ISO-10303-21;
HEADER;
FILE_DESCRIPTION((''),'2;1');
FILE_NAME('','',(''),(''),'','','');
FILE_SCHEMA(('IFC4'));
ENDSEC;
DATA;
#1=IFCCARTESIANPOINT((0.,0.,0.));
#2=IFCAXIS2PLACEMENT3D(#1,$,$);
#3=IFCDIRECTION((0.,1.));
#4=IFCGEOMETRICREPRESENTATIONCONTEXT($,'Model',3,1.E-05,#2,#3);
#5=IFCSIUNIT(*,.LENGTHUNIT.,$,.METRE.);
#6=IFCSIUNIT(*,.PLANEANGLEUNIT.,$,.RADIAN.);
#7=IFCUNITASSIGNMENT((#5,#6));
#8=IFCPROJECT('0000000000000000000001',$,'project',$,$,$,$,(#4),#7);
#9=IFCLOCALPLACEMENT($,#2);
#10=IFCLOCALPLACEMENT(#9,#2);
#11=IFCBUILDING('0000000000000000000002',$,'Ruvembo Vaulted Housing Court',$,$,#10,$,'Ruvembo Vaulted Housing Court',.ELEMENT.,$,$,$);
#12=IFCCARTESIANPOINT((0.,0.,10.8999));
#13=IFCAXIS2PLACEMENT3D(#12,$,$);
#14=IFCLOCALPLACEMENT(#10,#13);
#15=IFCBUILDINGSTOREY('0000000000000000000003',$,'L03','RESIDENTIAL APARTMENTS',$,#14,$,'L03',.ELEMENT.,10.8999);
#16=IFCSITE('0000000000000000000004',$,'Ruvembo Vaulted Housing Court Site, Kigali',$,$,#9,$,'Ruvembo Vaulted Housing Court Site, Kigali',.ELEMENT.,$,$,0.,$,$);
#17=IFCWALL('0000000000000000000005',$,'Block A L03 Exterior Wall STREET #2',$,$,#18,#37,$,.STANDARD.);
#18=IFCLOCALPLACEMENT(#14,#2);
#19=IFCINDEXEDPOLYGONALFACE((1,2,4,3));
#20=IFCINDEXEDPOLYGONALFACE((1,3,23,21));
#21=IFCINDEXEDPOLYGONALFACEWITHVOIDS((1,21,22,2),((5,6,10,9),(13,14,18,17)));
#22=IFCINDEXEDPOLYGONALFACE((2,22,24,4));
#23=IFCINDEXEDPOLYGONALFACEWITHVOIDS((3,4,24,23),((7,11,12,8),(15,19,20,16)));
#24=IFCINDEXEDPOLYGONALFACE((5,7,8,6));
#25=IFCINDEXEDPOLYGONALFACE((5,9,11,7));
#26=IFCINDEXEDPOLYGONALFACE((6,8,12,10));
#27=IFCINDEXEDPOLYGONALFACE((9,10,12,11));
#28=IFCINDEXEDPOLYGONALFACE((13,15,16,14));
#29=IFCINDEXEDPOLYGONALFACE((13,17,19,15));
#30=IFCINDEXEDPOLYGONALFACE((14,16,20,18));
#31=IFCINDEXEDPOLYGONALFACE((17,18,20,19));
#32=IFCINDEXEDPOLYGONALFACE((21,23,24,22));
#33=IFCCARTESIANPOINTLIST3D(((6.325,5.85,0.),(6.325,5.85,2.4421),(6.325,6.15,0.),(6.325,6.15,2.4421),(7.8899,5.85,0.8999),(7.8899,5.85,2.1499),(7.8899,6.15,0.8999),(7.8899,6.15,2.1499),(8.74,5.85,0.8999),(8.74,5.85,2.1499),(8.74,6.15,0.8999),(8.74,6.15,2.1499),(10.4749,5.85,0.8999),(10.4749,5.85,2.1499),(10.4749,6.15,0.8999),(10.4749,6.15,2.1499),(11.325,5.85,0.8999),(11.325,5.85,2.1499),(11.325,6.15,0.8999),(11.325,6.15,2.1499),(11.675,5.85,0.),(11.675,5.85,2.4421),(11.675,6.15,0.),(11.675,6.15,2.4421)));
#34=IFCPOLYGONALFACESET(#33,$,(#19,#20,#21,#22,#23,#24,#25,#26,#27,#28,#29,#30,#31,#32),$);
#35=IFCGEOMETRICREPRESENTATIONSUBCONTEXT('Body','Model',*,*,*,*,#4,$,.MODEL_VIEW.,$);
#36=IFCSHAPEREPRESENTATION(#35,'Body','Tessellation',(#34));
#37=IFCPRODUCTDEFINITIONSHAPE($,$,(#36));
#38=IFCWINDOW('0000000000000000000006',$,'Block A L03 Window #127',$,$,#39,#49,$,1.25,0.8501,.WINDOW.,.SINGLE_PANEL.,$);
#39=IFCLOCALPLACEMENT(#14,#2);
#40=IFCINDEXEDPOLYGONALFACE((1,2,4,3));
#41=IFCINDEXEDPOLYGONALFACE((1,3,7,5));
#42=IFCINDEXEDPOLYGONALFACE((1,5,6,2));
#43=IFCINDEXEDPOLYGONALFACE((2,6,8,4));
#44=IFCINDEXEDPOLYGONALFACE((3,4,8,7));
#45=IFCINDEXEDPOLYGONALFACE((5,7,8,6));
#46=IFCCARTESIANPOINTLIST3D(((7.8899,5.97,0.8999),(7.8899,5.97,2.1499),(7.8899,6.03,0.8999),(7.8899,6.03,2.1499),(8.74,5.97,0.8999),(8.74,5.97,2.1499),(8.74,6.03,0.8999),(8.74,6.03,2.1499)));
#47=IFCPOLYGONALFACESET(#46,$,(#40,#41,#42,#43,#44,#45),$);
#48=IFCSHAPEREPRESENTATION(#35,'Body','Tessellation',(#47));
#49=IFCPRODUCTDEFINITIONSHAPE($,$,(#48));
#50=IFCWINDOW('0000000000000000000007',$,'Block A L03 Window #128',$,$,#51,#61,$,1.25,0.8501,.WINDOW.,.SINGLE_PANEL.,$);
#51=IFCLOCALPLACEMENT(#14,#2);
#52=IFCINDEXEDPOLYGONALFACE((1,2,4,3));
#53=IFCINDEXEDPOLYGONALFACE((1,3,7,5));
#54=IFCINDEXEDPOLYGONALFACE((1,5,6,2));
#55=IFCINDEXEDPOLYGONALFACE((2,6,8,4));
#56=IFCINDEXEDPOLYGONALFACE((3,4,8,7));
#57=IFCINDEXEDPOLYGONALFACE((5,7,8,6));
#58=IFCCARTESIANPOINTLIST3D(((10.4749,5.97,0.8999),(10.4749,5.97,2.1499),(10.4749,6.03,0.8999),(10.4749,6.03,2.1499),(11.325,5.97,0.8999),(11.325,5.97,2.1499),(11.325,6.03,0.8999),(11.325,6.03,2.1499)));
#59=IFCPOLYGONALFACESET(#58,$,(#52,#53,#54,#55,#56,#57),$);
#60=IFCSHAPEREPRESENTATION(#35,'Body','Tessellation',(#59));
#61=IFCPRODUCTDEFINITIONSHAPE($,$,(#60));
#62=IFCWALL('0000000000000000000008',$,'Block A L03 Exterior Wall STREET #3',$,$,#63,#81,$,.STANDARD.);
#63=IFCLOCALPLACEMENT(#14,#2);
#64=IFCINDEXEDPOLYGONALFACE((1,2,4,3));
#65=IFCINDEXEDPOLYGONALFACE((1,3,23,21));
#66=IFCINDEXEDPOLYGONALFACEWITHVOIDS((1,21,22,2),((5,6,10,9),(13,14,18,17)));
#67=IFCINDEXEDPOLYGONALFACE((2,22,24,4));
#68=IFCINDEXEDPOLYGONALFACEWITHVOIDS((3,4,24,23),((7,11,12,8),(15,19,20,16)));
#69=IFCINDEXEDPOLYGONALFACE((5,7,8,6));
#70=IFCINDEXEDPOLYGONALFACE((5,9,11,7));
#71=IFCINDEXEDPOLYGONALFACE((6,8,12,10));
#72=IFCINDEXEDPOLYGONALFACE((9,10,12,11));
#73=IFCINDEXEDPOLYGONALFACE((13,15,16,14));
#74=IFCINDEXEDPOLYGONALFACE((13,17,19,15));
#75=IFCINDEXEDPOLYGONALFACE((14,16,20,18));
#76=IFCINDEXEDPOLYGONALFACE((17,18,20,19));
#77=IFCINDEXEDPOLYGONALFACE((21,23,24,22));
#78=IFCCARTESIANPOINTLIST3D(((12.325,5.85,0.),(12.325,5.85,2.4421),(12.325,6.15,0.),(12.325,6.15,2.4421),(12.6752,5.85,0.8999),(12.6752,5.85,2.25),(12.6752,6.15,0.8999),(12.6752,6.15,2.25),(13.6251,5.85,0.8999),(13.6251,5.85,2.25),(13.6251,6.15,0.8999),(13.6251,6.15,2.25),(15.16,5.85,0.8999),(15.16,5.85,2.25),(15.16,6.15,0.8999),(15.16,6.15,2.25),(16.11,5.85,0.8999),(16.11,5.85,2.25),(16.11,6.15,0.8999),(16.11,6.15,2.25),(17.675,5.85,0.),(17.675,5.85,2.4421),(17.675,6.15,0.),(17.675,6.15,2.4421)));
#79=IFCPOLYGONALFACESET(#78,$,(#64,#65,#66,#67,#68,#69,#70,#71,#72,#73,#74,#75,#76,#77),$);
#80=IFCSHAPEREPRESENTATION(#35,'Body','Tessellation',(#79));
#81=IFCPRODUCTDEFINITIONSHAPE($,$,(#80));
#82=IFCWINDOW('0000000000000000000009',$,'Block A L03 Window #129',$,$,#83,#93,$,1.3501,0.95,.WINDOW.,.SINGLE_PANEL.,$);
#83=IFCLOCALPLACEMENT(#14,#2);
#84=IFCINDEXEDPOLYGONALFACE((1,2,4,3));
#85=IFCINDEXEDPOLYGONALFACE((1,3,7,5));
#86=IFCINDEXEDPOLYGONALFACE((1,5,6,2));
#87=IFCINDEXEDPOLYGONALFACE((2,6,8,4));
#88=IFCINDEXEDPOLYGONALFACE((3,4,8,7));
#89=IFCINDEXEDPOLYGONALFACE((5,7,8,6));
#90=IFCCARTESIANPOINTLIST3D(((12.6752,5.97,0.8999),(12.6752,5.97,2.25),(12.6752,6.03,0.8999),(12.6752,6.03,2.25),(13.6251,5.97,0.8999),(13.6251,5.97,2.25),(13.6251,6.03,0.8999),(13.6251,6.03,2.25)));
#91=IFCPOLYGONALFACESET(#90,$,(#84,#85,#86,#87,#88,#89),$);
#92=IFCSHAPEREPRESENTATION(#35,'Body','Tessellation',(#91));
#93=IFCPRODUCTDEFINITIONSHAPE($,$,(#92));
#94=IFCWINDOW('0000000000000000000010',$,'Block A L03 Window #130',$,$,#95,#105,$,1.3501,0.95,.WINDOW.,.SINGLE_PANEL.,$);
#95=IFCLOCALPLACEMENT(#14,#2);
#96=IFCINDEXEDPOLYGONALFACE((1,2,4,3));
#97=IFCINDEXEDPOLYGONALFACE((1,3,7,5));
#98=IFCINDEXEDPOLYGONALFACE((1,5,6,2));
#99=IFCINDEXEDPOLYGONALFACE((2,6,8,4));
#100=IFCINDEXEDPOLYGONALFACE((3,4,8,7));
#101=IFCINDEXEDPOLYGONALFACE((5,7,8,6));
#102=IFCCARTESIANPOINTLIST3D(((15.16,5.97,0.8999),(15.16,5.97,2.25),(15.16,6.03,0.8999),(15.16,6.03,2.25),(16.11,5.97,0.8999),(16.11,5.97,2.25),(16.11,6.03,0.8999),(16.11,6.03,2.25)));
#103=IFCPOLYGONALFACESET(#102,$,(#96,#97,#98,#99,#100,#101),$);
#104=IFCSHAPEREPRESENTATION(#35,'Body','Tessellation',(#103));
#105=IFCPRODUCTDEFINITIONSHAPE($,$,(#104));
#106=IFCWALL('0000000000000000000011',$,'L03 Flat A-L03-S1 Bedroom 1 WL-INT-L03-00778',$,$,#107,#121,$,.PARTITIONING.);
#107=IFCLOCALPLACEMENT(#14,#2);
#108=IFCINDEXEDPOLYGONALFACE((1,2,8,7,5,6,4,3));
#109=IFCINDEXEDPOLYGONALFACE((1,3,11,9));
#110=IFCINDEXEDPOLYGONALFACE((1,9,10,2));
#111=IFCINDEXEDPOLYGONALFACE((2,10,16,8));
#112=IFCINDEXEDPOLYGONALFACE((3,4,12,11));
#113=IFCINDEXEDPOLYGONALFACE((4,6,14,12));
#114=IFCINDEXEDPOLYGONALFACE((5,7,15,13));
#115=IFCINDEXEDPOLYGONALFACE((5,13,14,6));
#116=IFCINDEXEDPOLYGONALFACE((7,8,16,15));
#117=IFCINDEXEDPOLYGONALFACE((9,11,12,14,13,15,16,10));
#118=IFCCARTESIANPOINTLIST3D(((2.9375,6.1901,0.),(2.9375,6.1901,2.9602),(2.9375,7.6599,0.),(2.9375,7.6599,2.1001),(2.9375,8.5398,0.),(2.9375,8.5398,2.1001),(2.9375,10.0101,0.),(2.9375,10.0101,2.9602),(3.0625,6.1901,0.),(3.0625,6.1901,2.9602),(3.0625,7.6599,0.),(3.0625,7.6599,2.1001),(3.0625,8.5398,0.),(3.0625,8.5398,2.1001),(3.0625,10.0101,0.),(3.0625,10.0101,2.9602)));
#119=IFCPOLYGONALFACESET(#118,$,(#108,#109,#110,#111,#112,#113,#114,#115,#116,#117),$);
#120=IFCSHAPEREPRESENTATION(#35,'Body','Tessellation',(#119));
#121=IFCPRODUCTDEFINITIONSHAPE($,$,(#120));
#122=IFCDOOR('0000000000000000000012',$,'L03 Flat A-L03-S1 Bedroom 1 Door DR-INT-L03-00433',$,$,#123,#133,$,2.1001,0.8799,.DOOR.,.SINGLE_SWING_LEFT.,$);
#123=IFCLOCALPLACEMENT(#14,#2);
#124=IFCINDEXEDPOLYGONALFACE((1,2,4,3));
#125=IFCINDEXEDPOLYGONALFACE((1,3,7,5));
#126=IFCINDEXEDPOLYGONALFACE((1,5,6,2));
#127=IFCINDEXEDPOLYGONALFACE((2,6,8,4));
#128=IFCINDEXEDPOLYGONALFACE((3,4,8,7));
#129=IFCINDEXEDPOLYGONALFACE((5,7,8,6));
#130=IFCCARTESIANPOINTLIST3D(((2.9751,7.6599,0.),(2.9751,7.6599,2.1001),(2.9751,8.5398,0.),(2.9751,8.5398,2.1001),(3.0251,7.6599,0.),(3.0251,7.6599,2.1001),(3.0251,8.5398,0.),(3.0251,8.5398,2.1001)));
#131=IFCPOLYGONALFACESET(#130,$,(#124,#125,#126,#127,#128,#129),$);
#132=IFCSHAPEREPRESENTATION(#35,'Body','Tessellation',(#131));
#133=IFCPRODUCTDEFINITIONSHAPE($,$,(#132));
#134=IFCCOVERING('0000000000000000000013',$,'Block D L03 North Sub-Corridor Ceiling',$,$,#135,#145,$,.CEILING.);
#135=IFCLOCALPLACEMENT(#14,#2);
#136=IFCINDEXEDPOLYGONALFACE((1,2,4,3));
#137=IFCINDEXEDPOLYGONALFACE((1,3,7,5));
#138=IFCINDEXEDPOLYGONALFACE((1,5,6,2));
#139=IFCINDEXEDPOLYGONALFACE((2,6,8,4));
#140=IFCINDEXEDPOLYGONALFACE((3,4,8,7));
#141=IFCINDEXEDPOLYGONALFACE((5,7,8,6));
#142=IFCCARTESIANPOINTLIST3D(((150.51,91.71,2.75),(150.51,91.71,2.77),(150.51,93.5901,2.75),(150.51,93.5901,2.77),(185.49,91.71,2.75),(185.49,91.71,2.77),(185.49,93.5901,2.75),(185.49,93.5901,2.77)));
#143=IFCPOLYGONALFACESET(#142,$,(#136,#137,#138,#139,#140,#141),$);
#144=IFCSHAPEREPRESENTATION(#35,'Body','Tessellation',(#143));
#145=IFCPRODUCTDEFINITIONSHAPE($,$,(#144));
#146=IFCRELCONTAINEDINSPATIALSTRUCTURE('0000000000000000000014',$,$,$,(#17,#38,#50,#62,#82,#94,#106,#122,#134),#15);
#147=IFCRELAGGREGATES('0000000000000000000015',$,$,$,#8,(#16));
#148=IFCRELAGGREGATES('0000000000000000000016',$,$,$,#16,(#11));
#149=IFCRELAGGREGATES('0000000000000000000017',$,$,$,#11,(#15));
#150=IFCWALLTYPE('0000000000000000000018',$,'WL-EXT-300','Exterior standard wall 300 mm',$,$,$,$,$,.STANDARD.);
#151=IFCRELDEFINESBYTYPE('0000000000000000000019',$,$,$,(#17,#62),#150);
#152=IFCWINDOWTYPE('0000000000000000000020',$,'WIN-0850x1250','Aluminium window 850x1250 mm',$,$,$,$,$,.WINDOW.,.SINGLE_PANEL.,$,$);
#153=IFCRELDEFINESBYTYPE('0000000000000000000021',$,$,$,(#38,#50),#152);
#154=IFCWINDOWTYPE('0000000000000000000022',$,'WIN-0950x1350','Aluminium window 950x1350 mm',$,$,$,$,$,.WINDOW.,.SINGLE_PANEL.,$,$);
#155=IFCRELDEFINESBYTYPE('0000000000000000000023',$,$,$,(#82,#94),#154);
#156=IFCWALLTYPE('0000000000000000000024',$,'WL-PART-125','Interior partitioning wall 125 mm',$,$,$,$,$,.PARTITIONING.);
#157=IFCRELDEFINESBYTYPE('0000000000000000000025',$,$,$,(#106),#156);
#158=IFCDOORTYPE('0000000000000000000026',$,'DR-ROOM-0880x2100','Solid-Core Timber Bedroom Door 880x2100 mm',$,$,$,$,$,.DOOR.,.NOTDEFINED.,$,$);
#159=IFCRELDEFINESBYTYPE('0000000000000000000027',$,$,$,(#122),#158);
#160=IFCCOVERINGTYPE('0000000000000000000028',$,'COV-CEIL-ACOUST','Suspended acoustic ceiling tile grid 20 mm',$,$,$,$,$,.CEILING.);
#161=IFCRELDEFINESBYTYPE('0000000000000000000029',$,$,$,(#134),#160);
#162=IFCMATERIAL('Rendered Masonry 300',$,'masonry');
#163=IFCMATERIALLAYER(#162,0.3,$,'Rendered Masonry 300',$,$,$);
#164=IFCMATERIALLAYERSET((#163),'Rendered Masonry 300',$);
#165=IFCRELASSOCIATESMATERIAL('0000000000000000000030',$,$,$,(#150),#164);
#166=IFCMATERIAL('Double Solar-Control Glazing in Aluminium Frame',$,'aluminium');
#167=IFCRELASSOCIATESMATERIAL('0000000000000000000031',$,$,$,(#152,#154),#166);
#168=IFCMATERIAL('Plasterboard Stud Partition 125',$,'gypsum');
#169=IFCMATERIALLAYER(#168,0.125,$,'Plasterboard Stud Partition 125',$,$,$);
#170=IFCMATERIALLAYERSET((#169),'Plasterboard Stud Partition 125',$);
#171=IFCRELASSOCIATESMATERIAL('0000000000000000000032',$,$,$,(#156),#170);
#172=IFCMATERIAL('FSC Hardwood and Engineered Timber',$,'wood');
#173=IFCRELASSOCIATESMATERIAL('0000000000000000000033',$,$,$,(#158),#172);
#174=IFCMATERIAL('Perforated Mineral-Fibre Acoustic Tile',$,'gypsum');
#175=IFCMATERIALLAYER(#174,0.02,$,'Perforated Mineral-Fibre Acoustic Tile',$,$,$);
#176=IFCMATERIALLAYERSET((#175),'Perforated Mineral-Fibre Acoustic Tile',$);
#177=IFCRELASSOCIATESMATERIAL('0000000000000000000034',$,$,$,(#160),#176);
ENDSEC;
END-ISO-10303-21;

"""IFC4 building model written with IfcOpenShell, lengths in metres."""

from ifc_helpers import new_model, si_unit, direction, frame, frame_2d, origin, place, context, subcontext, project, spatial, polyline, rectangle, outline, extrude, material, layer, layer_set, type_object, element, fill, save


model = new_model("IFC4")

# Units and contexts
model_context = context("Model", 3, precision=1e-05, world=origin(), true_north=direction((0.0, 1.0)))
body_context = subcontext(model_context, "Body", "Model", "MODEL_VIEW")
ifc_project = project(units=[si_unit("LENGTHUNIT", "METRE"), si_unit("PLANEANGLEUNIT", "RADIAN")], contexts=[model_context])

# Site, building, storey
site_placement = place(None, origin())
site = spatial("IfcSite", under=ifc_project, at=site_placement, Name="Ruvembo Vaulted Housing Court Site, Kigali", LongName="Ruvembo Vaulted Housing Court Site, Kigali", CompositionType="ELEMENT", RefElevation=0.0)
building_placement = place(site_placement, origin())
building = spatial("IfcBuilding", under=site, at=building_placement, Name="Ruvembo Vaulted Housing Court", LongName="Ruvembo Vaulted Housing Court", CompositionType="ELEMENT")
storey_placement = place(building_placement, frame((0.0, 0.0, 10.8999)))
storey = spatial("IfcBuildingStorey", under=building, at=storey_placement, Name="L03", Description="RESIDENTIAL APARTMENTS", LongName="L03", CompositionType="ELEMENT", Elevation=10.8999)

# Walls, openings, windows
ifc_material_1 = material(Name="Rendered Masonry 300", Category="masonry")
ifc_layer_1 = layer(ifc_material_1, 0.3, Name="Rendered Masonry 300")
ifc_layer_set_1 = layer_set([ifc_layer_1], Name="Rendered Masonry 300")
wall_type_1 = type_object("IfcWallType", Name="WL-EXT-300", Description="Exterior standard wall 300 mm", PredefinedType="STANDARD", material=ifc_layer_set_1)
ifc_material_2 = material(Name="Double Solar-Control Glazing in Aluminium Frame", Category="aluminium")
wall_1_placement = place(storey_placement, frame((6.325, 6.0, 0.0), z_axis=(0.0, 0.0, 1.0), x_axis=(1.0, 0.0, 0.0)))
wall_1 = element("IfcWall", 1, at=wall_1_placement, inside=storey, type_object=wall_type_1, Name="Block A L03 Exterior Wall STREET #2", PredefinedType="STANDARD", context=body_context, shape_type="SweptSolid", body=[
    extrude(rectangle(XDim=5.3501, YDim=0.3, at=frame_2d((2.675, 0.0))), origin(), (0.0, 0.0, 1.0), 2.4421),
])
opening_1_placement = place(wall_1_placement, frame((1.5649, 0.0, 0.8999)))
opening_1 = element("IfcOpeningElement", 2, at=opening_1_placement, cuts=wall_1, PredefinedType="OPENING", context=body_context, shape_type="SweptSolid", body=[
    extrude(rectangle(XDim=0.8501, YDim=1.25, at=frame_2d((0.425, 0.625))), frame((0.0, 0.1599, 0.0), z_axis=(0.0, -1.0, 0.0), x_axis=(1.0, 0.0, 0.0)), (0.0, 0.0, 1.0), 0.3201),
])
opening_2_placement = place(wall_1_placement, frame((4.1499, 0.0, 0.8999)))
opening_2 = element("IfcOpeningElement", 3, at=opening_2_placement, cuts=wall_1, PredefinedType="OPENING", context=body_context, shape_type="SweptSolid", body=[
    extrude(rectangle(XDim=0.8501, YDim=1.25, at=frame_2d((0.425, 0.625))), frame((0.0, 0.1599, 0.0), z_axis=(0.0, -1.0, 0.0), x_axis=(1.0, 0.0, 0.0)), (0.0, 0.0, 1.0), 0.3201),
])
window_type_1 = type_object("IfcWindowType", Name="WIN-0850x1250", Description="Aluminium window 850x1250 mm", PartitioningType="SINGLE_PANEL", PredefinedType="WINDOW", material=ifc_material_2)
window_1_placement = place(opening_1_placement, origin())
window_1 = element("IfcWindow", 4, at=window_1_placement, inside=storey, type_object=window_type_1, Name="Block A L03 Window #127", OverallHeight=1.25, OverallWidth=0.8501, PartitioningType="SINGLE_PANEL", PredefinedType="WINDOW", context=body_context, shape_type="SweptSolid", body=[
    extrude(rectangle(XDim=0.8501, YDim=1.25, at=frame_2d((0.425, 0.625))), frame((0.0, 0.03, 0.0), z_axis=(0.0, -1.0, 0.0), x_axis=(1.0, 0.0, 0.0)), (0.0, 0.0, 1.0), 0.0601),
])
fill(opening_1, window_1)
window_2_placement = place(opening_2_placement, origin())
window_2 = element("IfcWindow", 5, at=window_2_placement, inside=storey, type_object=window_type_1, Name="Block A L03 Window #128", OverallHeight=1.25, OverallWidth=0.8501, PartitioningType="SINGLE_PANEL", PredefinedType="WINDOW", context=body_context, shape_type="SweptSolid", body=[
    extrude(rectangle(XDim=0.8501, YDim=1.25, at=frame_2d((0.425, 0.625))), frame((0.0, 0.03, 0.0), z_axis=(0.0, -1.0, 0.0), x_axis=(1.0, 0.0, 0.0)), (0.0, 0.0, 1.0), 0.0601),
])
fill(opening_2, window_2)
wall_2_placement = place(storey_placement, frame((12.325, 6.0, 0.0), z_axis=(0.0, 0.0, 1.0), x_axis=(1.0, 0.0, 0.0)))
wall_2 = element("IfcWall", 6, at=wall_2_placement, inside=storey, type_object=wall_type_1, Name="Block A L03 Exterior Wall STREET #3", PredefinedType="STANDARD", context=body_context, shape_type="SweptSolid", body=[
    extrude(rectangle(XDim=5.3501, YDim=0.3, at=frame_2d((2.675, 0.0))), origin(), (0.0, 0.0, 1.0), 2.4421),
])
opening_3_placement = place(wall_2_placement, frame((0.3501, 0.0, 0.8999)))
opening_3 = element("IfcOpeningElement", 7, at=opening_3_placement, cuts=wall_2, PredefinedType="OPENING", context=body_context, shape_type="SweptSolid", body=[
    extrude(rectangle(XDim=0.95, YDim=1.3501, at=frame_2d((0.4751, 0.675))), frame((0.0, 0.1599, 0.0), z_axis=(0.0, -1.0, 0.0), x_axis=(1.0, 0.0, 0.0)), (0.0, 0.0, 1.0), 0.3201),
])
opening_4_placement = place(wall_2_placement, frame((2.835, 0.0, 0.8999)))
opening_4 = element("IfcOpeningElement", 8, at=opening_4_placement, cuts=wall_2, PredefinedType="OPENING", context=body_context, shape_type="SweptSolid", body=[
    extrude(rectangle(XDim=0.95, YDim=1.3501, at=frame_2d((0.4751, 0.675))), frame((0.0, 0.1599, 0.0), z_axis=(0.0, -1.0, 0.0), x_axis=(1.0, 0.0, 0.0)), (0.0, 0.0, 1.0), 0.3201),
])
window_type_2 = type_object("IfcWindowType", Name="WIN-0950x1350", Description="Aluminium window 950x1350 mm", PartitioningType="SINGLE_PANEL", PredefinedType="WINDOW", material=ifc_material_2)
window_3_placement = place(opening_3_placement, origin())
window_3 = element("IfcWindow", 9, at=window_3_placement, inside=storey, type_object=window_type_2, Name="Block A L03 Window #129", OverallHeight=1.3501, OverallWidth=0.95, PartitioningType="SINGLE_PANEL", PredefinedType="WINDOW", context=body_context, shape_type="SweptSolid", body=[
    extrude(rectangle(XDim=0.95, YDim=1.3501, at=frame_2d((0.4751, 0.675))), frame((0.0, 0.03, 0.0), z_axis=(0.0, -1.0, 0.0), x_axis=(1.0, 0.0, 0.0)), (0.0, 0.0, 1.0), 0.0601),
])
fill(opening_3, window_3)
window_4_placement = place(opening_4_placement, origin())
window_4 = element("IfcWindow", 10, at=window_4_placement, inside=storey, type_object=window_type_2, Name="Block A L03 Window #130", OverallHeight=1.3501, OverallWidth=0.95, PartitioningType="SINGLE_PANEL", PredefinedType="WINDOW", context=body_context, shape_type="SweptSolid", body=[
    extrude(rectangle(XDim=0.95, YDim=1.3501, at=frame_2d((0.4751, 0.675))), frame((0.0, 0.03, 0.0), z_axis=(0.0, -1.0, 0.0), x_axis=(1.0, 0.0, 0.0)), (0.0, 0.0, 1.0), 0.0601),
])
fill(opening_4, window_4)

# Wall, opening, door
ifc_material_3 = material(Name="Plasterboard Stud Partition 125", Category="gypsum")
ifc_layer_2 = layer(ifc_material_3, 0.125, Name="Plasterboard Stud Partition 125")
ifc_layer_set_2 = layer_set([ifc_layer_2], Name="Plasterboard Stud Partition 125")
wall_type_2 = type_object("IfcWallType", Name="WL-PART-125", Description="Interior partitioning wall 125 mm", PredefinedType="PARTITIONING", material=ifc_layer_set_2)
wall_3_placement = place(storey_placement, frame((3.0, 6.1899, 0.0), z_axis=(0.0, 0.0, 1.0), x_axis=(0.0, 1.0, 0.0)))
wall_3 = element("IfcWall", 11, at=wall_3_placement, inside=storey, type_object=wall_type_2, Name="L03 Flat A-L03-S1 Bedroom 1 WL-INT-L03-00778", PredefinedType="PARTITIONING", context=body_context, shape_type="SweptSolid", body=[
    extrude(rectangle(XDim=3.8201, YDim=0.125, at=frame_2d((1.9102, 0.0))), origin(), (0.0, 0.0, 1.0), 2.9602),
])
opening_5_placement = place(wall_3_placement, frame((1.47, 0.0, 0.0)))
opening_5 = element("IfcOpeningElement", 12, at=opening_5_placement, cuts=wall_3, PredefinedType="OPENING", context=body_context, shape_type="SweptSolid", body=[
    extrude(rectangle(XDim=0.8799, YDim=2.1001, at=frame_2d((0.4399, 1.05))), frame((0.0, 0.0725, 0.0), z_axis=(0.0, -1.0, 0.0), x_axis=(1.0, 0.0, 0.0)), (0.0, 0.0, 1.0), 0.145),
])
ifc_material_4 = material(Name="FSC Hardwood and Engineered Timber", Category="wood")
door_type = type_object("IfcDoorType", Name="DR-ROOM-0880x2100", Description="Solid-Core Timber Bedroom Door 880x2100 mm", OperationType="NOTDEFINED", PredefinedType="DOOR", material=ifc_material_4)
door_placement = place(opening_5_placement, origin())
door = element("IfcDoor", 13, at=door_placement, inside=storey, type_object=door_type, Name="L03 Flat A-L03-S1 Bedroom 1 Door DR-INT-L03-00433", OperationType="SINGLE_SWING_LEFT", OverallHeight=2.1001, OverallWidth=0.8799, PredefinedType="DOOR", context=body_context, shape_type="SweptSolid", body=[
    extrude(rectangle(XDim=0.8799, YDim=2.1001, at=frame_2d((0.4399, 1.05))), frame((0.0, 0.0249, 0.0), z_axis=(0.0, -1.0, 0.0), x_axis=(1.0, 0.0, 0.0)), (0.0, 0.0, 1.0), 0.05),
])
fill(opening_5, door)

# Covering
ifc_material_5 = material(Name="Perforated Mineral-Fibre Acoustic Tile", Category="gypsum")
ifc_layer_3 = layer(ifc_material_5, 0.02, Name="Perforated Mineral-Fibre Acoustic Tile")
ifc_layer_set_3 = layer_set([ifc_layer_3], Name="Perforated Mineral-Fibre Acoustic Tile")
covering_type_1 = type_object("IfcCoveringType", Name="COV-CEIL-ACOUST", Description="Suspended acoustic ceiling tile grid 20 mm", PredefinedType="CEILING", material=ifc_layer_set_3)
covering_1_placement = place(storey_placement, frame((0.0, 0.0, 2.75)))
element("IfcCovering", 14, at=covering_1_placement, inside=storey, type_object=covering_type_1, Name="Block D L03 North Sub-Corridor Ceiling", PredefinedType="CEILING", context=body_context, shape_type="SweptSolid", body=[
    extrude(outline(polyline([(150.51, 91.71), (185.49, 91.71), (185.49, 93.5901), (150.51, 93.5901), (150.51, 91.71)])), origin(), (0.0, 0.0, 1.0), 0.02),
])

save(model, "model.ifc")
